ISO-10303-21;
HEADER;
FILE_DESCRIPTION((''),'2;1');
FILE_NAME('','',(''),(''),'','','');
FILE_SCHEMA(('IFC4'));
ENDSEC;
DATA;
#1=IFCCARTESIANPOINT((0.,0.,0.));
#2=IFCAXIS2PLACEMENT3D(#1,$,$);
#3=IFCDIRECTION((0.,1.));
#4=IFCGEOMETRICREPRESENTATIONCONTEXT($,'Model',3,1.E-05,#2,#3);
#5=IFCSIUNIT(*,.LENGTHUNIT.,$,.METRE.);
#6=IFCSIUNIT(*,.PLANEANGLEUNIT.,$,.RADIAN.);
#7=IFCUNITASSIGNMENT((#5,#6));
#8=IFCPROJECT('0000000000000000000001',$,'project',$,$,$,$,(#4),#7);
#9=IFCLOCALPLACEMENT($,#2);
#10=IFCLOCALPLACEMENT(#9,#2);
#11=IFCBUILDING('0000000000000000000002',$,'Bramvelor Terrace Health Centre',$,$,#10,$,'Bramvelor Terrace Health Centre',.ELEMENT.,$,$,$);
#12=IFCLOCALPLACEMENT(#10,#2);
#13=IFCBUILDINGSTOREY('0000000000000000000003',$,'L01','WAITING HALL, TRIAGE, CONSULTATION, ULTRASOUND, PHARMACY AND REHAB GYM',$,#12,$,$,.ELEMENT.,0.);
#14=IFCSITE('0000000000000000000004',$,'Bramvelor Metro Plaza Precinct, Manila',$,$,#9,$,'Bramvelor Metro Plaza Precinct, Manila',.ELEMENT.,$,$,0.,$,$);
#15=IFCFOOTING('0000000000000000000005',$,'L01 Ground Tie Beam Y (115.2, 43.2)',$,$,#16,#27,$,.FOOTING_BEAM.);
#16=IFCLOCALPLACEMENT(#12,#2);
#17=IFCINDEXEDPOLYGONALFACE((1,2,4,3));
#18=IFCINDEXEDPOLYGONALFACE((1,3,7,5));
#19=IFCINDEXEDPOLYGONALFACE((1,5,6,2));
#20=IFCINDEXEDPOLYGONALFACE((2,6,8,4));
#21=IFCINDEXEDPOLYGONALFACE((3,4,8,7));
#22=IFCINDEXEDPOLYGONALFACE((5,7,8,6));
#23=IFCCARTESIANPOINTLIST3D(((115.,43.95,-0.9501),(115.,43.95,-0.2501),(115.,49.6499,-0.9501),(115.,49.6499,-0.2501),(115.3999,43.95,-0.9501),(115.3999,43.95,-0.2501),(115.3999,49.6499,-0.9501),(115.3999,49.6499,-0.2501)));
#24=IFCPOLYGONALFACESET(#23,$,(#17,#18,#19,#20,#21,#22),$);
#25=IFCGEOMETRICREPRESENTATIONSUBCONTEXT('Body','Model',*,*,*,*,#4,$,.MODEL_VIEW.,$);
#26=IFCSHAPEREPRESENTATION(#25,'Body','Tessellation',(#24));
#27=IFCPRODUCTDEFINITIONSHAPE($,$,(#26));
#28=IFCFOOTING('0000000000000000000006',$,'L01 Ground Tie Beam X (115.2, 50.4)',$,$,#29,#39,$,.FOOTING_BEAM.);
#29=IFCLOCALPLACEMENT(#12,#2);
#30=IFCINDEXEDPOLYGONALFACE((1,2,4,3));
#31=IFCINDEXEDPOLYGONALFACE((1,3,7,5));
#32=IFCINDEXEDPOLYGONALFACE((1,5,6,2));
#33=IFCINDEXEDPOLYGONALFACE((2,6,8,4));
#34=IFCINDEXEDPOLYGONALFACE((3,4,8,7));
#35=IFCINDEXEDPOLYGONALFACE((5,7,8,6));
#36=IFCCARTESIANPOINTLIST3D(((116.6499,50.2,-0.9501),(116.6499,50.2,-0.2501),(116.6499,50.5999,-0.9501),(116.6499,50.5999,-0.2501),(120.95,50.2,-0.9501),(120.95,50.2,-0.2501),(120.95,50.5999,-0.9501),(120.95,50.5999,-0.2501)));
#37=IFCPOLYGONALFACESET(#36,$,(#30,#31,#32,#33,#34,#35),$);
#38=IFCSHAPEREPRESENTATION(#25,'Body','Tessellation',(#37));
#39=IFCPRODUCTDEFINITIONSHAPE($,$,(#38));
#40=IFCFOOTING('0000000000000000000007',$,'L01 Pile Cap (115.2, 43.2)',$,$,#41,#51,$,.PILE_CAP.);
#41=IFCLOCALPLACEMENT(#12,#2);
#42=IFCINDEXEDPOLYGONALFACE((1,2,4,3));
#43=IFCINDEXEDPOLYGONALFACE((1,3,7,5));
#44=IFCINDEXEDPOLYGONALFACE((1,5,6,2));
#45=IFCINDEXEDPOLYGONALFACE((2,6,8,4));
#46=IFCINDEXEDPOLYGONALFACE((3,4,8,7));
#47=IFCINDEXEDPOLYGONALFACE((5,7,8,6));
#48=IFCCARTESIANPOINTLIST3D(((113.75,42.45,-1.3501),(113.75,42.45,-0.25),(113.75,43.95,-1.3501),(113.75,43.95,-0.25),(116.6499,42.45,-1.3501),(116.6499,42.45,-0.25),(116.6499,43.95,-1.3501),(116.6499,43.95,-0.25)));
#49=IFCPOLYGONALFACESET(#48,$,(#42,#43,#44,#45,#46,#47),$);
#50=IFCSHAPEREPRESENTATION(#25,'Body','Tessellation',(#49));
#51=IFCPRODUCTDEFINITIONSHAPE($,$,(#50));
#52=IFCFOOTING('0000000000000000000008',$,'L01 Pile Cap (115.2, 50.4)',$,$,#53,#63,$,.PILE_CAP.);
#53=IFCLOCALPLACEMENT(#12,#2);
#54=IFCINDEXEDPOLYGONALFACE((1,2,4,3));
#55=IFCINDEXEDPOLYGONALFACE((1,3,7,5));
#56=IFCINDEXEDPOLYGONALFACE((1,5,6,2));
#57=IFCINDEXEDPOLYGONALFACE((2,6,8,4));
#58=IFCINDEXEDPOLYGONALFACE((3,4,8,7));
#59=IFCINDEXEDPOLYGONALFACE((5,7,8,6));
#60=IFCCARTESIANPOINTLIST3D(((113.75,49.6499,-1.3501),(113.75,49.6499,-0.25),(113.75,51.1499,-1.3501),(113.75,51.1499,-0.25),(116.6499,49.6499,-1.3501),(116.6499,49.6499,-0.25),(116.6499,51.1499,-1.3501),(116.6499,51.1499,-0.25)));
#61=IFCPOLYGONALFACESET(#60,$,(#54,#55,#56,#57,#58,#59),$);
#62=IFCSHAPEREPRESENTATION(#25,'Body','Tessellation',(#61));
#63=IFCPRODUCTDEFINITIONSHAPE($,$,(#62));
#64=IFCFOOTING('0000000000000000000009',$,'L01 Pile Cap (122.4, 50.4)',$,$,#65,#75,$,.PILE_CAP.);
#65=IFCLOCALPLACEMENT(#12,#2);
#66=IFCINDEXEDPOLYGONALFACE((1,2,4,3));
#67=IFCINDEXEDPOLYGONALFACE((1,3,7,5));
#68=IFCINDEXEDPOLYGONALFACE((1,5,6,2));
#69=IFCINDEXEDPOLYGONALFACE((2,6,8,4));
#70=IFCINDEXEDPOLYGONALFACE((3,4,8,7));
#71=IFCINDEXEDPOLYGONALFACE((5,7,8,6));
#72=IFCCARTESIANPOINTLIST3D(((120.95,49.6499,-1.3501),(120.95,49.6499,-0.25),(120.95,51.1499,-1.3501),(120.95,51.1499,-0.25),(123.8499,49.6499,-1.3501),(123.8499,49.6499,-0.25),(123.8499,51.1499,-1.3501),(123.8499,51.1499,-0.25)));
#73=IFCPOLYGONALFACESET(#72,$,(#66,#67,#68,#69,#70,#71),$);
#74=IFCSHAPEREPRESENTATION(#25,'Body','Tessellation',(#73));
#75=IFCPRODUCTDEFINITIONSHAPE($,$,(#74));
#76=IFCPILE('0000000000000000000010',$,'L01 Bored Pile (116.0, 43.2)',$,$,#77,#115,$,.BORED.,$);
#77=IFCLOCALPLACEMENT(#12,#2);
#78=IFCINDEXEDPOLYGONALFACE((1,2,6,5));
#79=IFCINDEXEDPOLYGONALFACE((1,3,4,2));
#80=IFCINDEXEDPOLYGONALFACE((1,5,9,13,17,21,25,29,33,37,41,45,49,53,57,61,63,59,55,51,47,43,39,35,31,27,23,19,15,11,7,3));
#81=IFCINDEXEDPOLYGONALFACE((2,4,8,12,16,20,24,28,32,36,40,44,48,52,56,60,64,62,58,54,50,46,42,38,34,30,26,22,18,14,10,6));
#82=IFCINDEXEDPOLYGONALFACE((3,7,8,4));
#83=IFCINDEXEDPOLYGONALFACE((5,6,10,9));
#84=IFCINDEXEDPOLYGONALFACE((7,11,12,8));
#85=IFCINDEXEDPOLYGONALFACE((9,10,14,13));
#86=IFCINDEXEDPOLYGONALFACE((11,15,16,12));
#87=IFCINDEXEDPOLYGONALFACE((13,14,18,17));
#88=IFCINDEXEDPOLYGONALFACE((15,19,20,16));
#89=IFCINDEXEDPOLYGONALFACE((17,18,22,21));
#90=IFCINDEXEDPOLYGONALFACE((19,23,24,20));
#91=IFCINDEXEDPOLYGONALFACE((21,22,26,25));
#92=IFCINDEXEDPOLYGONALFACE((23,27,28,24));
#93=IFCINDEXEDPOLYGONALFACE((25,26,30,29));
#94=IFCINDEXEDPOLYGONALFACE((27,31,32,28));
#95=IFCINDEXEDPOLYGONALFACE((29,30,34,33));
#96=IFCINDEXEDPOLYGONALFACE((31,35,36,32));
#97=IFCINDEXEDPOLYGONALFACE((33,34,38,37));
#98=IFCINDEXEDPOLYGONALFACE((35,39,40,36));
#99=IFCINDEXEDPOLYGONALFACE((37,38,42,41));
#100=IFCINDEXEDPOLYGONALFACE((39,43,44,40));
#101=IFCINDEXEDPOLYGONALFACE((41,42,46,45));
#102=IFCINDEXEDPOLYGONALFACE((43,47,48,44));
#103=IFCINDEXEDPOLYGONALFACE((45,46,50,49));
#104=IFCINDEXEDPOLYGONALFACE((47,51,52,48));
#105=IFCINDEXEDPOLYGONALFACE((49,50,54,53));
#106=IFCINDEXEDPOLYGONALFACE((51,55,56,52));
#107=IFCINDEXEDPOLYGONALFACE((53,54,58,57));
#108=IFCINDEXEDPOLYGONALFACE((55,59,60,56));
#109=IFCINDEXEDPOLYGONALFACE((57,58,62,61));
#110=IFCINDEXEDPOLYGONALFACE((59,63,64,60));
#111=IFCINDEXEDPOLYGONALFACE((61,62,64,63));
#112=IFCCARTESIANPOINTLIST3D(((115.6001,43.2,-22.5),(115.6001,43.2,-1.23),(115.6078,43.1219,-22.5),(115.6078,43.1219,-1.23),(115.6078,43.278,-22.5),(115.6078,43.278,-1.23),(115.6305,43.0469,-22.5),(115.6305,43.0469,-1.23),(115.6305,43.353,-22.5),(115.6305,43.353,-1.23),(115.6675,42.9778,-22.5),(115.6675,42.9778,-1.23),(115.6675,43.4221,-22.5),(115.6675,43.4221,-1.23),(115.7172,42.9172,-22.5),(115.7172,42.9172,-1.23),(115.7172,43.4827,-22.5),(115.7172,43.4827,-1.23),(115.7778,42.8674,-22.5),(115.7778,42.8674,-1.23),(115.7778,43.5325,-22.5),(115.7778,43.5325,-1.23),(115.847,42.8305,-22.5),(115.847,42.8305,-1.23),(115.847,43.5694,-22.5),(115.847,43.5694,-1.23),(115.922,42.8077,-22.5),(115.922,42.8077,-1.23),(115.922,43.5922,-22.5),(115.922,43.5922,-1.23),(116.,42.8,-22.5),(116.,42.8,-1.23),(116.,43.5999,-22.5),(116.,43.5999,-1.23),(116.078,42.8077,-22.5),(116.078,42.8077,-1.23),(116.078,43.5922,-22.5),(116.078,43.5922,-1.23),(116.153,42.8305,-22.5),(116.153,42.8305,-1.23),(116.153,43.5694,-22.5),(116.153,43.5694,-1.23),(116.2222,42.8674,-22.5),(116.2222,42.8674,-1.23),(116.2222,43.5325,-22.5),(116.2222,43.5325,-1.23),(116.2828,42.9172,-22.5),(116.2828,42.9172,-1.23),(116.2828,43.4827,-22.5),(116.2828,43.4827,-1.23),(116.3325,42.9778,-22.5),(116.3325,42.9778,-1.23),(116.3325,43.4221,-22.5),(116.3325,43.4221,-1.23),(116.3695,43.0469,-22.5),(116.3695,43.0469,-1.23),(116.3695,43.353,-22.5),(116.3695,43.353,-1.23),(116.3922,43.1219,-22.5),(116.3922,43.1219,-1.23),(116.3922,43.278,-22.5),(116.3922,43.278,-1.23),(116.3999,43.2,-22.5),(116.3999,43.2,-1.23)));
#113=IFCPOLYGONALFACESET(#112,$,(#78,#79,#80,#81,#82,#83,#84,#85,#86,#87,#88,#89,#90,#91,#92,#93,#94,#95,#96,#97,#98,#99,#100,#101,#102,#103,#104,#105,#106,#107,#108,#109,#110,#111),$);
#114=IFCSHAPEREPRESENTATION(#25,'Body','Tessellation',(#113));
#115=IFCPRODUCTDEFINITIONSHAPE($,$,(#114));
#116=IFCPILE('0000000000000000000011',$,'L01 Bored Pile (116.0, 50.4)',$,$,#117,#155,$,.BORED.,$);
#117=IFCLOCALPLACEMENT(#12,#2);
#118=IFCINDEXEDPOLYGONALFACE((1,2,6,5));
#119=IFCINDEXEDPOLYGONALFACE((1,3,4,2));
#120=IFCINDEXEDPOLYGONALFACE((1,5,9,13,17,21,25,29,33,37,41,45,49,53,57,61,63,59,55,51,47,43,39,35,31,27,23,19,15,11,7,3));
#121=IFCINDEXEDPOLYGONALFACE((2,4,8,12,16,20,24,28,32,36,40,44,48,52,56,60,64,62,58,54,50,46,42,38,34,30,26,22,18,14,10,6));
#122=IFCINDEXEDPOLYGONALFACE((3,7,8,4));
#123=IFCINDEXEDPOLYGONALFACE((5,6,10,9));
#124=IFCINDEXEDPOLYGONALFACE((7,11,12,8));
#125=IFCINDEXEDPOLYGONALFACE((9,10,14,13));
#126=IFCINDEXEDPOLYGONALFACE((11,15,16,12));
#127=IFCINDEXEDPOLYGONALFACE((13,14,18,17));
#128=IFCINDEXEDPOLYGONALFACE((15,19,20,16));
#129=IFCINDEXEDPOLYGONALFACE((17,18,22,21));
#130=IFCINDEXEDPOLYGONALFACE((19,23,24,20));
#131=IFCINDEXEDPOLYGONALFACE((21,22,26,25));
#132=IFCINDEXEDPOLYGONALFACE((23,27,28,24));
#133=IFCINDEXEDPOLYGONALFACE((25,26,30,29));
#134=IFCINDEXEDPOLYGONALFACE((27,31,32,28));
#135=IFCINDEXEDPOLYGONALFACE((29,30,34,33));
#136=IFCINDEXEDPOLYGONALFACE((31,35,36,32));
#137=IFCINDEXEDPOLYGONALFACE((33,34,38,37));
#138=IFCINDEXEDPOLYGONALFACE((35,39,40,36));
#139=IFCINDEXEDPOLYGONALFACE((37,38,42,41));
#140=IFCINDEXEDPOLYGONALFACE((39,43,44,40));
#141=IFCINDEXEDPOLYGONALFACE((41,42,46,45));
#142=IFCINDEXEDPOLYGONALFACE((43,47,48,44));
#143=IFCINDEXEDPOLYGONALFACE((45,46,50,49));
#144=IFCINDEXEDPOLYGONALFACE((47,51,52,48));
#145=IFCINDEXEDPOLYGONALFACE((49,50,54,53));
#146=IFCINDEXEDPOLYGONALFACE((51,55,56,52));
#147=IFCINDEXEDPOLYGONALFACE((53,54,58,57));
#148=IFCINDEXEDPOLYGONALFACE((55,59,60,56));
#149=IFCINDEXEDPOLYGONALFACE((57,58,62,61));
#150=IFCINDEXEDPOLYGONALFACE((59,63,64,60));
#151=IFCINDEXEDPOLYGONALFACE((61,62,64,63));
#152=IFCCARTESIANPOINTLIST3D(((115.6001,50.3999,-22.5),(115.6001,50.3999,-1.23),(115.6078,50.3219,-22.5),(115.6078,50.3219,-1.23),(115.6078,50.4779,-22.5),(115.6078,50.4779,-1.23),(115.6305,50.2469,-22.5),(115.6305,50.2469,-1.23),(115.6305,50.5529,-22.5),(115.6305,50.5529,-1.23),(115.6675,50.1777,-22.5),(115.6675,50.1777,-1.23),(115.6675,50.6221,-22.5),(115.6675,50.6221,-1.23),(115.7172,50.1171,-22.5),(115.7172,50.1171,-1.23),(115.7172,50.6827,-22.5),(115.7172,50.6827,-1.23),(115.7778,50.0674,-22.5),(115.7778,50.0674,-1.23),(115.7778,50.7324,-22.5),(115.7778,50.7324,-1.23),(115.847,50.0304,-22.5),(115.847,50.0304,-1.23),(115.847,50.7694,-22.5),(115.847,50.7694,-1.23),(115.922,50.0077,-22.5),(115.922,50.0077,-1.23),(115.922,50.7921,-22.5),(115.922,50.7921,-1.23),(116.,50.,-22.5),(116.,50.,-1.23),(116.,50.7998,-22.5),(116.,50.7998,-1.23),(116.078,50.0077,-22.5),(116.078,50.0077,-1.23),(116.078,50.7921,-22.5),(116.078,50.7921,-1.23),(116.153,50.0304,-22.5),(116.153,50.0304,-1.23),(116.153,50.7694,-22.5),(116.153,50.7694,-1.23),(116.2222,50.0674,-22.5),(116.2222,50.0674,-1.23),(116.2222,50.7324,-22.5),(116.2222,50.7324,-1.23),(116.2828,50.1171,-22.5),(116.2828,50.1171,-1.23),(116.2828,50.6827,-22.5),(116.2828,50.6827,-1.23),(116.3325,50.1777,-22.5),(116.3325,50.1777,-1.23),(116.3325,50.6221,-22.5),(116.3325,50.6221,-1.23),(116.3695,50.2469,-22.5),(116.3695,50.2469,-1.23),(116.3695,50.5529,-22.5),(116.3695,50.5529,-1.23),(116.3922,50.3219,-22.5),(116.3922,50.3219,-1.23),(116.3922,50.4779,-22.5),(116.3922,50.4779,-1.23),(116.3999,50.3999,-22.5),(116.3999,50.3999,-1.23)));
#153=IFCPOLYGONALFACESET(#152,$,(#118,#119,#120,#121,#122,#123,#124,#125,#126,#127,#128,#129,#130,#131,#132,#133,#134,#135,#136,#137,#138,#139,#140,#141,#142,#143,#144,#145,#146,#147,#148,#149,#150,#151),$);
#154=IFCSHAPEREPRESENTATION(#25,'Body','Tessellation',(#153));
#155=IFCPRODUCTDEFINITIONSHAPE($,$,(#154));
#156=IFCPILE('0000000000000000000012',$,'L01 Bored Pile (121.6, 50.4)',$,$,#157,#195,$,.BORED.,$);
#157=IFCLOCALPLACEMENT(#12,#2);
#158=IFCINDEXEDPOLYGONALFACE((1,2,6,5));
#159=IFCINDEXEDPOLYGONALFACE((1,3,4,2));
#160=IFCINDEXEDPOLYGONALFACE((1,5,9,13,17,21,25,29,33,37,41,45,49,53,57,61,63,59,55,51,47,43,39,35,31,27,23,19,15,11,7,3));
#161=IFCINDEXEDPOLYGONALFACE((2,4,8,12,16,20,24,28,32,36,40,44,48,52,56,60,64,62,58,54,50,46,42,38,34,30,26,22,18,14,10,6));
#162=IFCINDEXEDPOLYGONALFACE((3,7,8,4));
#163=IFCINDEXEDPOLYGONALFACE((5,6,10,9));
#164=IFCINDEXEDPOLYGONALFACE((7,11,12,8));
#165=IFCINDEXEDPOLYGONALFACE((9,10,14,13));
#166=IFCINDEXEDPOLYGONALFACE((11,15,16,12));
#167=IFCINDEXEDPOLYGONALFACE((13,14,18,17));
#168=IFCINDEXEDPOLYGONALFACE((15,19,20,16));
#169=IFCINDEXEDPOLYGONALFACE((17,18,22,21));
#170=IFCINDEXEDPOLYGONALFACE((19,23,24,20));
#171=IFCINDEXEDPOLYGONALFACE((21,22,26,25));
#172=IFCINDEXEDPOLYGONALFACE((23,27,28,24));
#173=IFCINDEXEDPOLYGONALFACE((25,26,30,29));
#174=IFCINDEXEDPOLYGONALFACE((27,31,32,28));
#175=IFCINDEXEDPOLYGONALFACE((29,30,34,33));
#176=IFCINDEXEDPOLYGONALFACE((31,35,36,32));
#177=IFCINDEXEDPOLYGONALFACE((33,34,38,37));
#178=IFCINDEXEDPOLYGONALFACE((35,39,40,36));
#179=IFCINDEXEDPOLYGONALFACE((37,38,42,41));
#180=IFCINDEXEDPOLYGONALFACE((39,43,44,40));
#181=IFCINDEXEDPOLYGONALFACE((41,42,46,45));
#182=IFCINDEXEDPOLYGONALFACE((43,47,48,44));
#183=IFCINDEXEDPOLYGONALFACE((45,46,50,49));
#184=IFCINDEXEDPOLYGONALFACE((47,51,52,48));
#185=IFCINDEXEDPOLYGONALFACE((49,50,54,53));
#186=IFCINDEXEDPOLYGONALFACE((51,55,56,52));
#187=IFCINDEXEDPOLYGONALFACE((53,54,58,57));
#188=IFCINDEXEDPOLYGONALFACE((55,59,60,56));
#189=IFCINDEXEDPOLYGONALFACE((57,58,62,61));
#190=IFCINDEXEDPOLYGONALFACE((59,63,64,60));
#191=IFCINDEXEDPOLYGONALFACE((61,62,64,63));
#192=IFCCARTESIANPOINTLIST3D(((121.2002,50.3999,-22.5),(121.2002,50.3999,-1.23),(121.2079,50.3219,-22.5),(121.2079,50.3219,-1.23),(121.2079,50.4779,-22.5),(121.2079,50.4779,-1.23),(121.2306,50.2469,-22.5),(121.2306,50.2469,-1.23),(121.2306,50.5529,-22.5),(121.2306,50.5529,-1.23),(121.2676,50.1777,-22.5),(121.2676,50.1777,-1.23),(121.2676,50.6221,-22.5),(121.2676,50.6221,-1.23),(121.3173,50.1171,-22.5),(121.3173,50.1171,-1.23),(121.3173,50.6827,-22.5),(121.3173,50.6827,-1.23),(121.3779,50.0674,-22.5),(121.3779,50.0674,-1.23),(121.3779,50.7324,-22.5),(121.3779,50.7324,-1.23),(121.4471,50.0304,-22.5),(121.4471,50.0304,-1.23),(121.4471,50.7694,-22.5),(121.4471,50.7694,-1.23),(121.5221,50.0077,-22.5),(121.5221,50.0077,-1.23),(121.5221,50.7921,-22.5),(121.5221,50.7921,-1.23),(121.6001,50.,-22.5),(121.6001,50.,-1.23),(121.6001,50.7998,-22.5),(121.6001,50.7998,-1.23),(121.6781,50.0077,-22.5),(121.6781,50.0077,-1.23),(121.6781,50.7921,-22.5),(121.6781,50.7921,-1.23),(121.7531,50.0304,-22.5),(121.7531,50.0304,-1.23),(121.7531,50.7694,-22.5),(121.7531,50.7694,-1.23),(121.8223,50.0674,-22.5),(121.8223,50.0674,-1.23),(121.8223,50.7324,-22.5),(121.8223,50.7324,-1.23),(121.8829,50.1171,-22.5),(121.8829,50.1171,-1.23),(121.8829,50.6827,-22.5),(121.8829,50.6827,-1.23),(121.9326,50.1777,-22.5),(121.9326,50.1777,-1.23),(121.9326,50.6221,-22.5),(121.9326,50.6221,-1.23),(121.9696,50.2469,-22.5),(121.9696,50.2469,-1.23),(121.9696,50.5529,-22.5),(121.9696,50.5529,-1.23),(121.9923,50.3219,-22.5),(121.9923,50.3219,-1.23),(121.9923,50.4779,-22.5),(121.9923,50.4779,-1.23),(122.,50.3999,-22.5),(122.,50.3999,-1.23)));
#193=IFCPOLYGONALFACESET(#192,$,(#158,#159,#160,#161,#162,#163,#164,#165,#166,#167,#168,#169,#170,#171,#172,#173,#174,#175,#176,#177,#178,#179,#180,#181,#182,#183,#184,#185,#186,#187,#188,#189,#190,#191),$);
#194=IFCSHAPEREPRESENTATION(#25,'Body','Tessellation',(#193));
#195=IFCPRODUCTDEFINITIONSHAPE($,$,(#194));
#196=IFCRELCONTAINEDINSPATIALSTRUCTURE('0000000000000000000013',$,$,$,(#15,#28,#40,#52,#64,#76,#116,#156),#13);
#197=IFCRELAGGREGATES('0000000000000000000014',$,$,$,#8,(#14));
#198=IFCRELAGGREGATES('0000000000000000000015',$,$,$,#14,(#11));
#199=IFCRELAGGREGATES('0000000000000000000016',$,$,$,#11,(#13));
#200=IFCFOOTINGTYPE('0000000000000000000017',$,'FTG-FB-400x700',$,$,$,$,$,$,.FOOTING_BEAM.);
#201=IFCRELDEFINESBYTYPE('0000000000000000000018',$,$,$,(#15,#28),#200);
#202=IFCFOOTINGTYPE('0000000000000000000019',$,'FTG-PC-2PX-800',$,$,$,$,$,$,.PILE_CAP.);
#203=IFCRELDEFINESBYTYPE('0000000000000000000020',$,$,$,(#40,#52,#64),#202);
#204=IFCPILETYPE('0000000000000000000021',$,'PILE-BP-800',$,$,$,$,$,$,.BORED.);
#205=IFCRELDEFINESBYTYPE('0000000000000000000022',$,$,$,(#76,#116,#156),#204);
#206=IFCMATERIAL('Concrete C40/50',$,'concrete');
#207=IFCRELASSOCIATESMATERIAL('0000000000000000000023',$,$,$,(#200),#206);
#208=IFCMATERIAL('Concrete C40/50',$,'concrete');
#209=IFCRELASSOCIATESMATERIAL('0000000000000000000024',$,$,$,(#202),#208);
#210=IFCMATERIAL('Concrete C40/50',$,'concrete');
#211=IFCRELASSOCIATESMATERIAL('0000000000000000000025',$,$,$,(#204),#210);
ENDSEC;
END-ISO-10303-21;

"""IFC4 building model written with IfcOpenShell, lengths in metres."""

from ifc_helpers import new_model, si_unit, direction, frame, origin, origin_2d, place, context, subcontext, project, spatial, rectangle, circle, extrude, material, material_profile, profile_set, type_object, element, save


model = new_model("IFC4")

# Units and contexts
model_context = context("Model", 3, precision=1e-05, world=origin(), true_north=direction((0.0, 1.0)))
body_context = subcontext(model_context, "Body", "Model", "MODEL_VIEW")
ifc_project = project(units=[si_unit("LENGTHUNIT", "METRE"), si_unit("PLANEANGLEUNIT", "RADIAN")], contexts=[model_context])

# Site, building, storey
site_placement = place(None, origin())
site = spatial("IfcSite", under=ifc_project, at=site_placement, Name="Bramvelor Metro Plaza Precinct, Manila", LongName="Bramvelor Metro Plaza Precinct, Manila", CompositionType="ELEMENT", RefElevation=0.0)
building_placement = place(site_placement, origin())
building = spatial("IfcBuilding", under=site, at=building_placement, Name="Bramvelor Terrace Health Centre", LongName="Bramvelor Terrace Health Centre", CompositionType="ELEMENT")
storey_placement = place(building_placement, origin())
storey = spatial("IfcBuildingStorey", under=building, at=storey_placement, Name="L01", Description="WAITING HALL, TRIAGE, CONSULTATION, ULTRASOUND, PHARMACY AND REHAB GYM", CompositionType="ELEMENT", Elevation=0.0)

# Footings
ifc_material_1 = material(Name="Concrete C40/50", Category="concrete")
ifc_material_profile_1 = material_profile(ifc_material_1, rectangle(XDim=0.3999, YDim=0.7, at=origin_2d()), Name="RC 400x700")
ifc_profile_set_1 = profile_set([ifc_material_profile_1], Name="Concrete C40/50")
footing_type_1 = type_object("IfcFootingType", Name="FTG-FB-400x700", PredefinedType="FOOTING_BEAM", material=ifc_profile_set_1)
footing_1_placement = place(storey_placement, frame((115.2, 43.95, -0.6001), z_axis=(0.0, 1.0, 0.0), x_axis=(-1.0, 0.0, 0.0)))
element("IfcFooting", 1, at=footing_1_placement, inside=storey, type_object=footing_type_1, Name="L01 Ground Tie Beam Y (115.2, 43.2)", PredefinedType="FOOTING_BEAM", context=body_context, shape_type="SweptSolid", body=[
    extrude(rectangle(XDim=0.3999, YDim=0.7, at=origin_2d()), origin(), (0.0, 0.0, 1.0), 5.7),
])
footing_2_placement = place(storey_placement, frame((116.6499, 50.3999, -0.6001), z_axis=(1.0, 0.0, 0.0), x_axis=(0.0, 1.0, 0.0)))
element("IfcFooting", 2, at=footing_2_placement, inside=storey, type_object=footing_type_1, Name="L01 Ground Tie Beam X (115.2, 50.4)", PredefinedType="FOOTING_BEAM", context=body_context, shape_type="SweptSolid", body=[
    extrude(rectangle(XDim=0.3999, YDim=0.7, at=origin_2d()), origin(), (0.0, 0.0, 1.0), 4.3),
])
ifc_material_2 = material(Name="Concrete C40/50", Category="concrete")
footing_type_2 = type_object("IfcFootingType", Name="FTG-PC-2PX-800", PredefinedType="PILE_CAP", material=ifc_material_2)
for number, where, z_axis, x_axis, name in (
    (3, (115.2, 43.2, -1.3501), (0.0, 0.0, 1.0), (1.0, 0.0, 0.0), "L01 Pile Cap (115.2, 43.2)"),
    (4, (115.2, 50.3999, -1.3501), (0.0, 0.0, 1.0), (1.0, 0.0, 0.0), "L01 Pile Cap (115.2, 50.4)"),
    (5, (122.3999, 50.3999, -1.3501), (0.0, 0.0, 1.0), (1.0, 0.0, 0.0), "L01 Pile Cap (122.4, 50.4)"),
):
    element("IfcFooting", number, at=place(storey_placement, frame(where, z_axis=z_axis, x_axis=x_axis)), inside=storey, type_object=footing_type_2, Name=name, PredefinedType="PILE_CAP", context=body_context, shape_type="SweptSolid", body=[
        extrude(rectangle(XDim=2.8999, YDim=1.5, at=origin_2d()), origin(), (0.0, 0.0, 1.0), 1.1001),
    ])

# Piles
ifc_material_3 = material(Name="Concrete C40/50", Category="concrete")
ifc_material_profile_2 = material_profile(ifc_material_3, circle(Radius=0.3999, at=origin_2d()), Name="BP D800")
ifc_profile_set_2 = profile_set([ifc_material_profile_2], Name="Concrete C40/50")
pile_type = type_object("IfcPileType", Name="PILE-BP-800", PredefinedType="BORED", material=ifc_profile_set_2)
for number, where, z_axis, x_axis, name in (
    (6, (116.0, 43.2, -1.23), (0.0, 0.0, -1.0), (1.0, 0.0, 0.0), "L01 Bored Pile (116.0, 43.2)"),
    (7, (116.0, 50.3999, -1.23), (0.0, 0.0, -1.0), (1.0, 0.0, 0.0), "L01 Bored Pile (116.0, 50.4)"),
    (8, (121.6001, 50.3999, -1.23), (0.0, 0.0, -1.0), (1.0, 0.0, 0.0), "L01 Bored Pile (121.6, 50.4)"),
):
    element("IfcPile", number, at=place(storey_placement, frame(where, z_axis=z_axis, x_axis=x_axis)), inside=storey, type_object=pile_type, Name=name, PredefinedType="BORED", context=body_context, shape_type="SweptSolid", body=[
        extrude(circle(Radius=0.3999, at=origin_2d()), origin(), (0.0, 0.0, 1.0), 21.27),
    ])

save(model, "model.ifc")
